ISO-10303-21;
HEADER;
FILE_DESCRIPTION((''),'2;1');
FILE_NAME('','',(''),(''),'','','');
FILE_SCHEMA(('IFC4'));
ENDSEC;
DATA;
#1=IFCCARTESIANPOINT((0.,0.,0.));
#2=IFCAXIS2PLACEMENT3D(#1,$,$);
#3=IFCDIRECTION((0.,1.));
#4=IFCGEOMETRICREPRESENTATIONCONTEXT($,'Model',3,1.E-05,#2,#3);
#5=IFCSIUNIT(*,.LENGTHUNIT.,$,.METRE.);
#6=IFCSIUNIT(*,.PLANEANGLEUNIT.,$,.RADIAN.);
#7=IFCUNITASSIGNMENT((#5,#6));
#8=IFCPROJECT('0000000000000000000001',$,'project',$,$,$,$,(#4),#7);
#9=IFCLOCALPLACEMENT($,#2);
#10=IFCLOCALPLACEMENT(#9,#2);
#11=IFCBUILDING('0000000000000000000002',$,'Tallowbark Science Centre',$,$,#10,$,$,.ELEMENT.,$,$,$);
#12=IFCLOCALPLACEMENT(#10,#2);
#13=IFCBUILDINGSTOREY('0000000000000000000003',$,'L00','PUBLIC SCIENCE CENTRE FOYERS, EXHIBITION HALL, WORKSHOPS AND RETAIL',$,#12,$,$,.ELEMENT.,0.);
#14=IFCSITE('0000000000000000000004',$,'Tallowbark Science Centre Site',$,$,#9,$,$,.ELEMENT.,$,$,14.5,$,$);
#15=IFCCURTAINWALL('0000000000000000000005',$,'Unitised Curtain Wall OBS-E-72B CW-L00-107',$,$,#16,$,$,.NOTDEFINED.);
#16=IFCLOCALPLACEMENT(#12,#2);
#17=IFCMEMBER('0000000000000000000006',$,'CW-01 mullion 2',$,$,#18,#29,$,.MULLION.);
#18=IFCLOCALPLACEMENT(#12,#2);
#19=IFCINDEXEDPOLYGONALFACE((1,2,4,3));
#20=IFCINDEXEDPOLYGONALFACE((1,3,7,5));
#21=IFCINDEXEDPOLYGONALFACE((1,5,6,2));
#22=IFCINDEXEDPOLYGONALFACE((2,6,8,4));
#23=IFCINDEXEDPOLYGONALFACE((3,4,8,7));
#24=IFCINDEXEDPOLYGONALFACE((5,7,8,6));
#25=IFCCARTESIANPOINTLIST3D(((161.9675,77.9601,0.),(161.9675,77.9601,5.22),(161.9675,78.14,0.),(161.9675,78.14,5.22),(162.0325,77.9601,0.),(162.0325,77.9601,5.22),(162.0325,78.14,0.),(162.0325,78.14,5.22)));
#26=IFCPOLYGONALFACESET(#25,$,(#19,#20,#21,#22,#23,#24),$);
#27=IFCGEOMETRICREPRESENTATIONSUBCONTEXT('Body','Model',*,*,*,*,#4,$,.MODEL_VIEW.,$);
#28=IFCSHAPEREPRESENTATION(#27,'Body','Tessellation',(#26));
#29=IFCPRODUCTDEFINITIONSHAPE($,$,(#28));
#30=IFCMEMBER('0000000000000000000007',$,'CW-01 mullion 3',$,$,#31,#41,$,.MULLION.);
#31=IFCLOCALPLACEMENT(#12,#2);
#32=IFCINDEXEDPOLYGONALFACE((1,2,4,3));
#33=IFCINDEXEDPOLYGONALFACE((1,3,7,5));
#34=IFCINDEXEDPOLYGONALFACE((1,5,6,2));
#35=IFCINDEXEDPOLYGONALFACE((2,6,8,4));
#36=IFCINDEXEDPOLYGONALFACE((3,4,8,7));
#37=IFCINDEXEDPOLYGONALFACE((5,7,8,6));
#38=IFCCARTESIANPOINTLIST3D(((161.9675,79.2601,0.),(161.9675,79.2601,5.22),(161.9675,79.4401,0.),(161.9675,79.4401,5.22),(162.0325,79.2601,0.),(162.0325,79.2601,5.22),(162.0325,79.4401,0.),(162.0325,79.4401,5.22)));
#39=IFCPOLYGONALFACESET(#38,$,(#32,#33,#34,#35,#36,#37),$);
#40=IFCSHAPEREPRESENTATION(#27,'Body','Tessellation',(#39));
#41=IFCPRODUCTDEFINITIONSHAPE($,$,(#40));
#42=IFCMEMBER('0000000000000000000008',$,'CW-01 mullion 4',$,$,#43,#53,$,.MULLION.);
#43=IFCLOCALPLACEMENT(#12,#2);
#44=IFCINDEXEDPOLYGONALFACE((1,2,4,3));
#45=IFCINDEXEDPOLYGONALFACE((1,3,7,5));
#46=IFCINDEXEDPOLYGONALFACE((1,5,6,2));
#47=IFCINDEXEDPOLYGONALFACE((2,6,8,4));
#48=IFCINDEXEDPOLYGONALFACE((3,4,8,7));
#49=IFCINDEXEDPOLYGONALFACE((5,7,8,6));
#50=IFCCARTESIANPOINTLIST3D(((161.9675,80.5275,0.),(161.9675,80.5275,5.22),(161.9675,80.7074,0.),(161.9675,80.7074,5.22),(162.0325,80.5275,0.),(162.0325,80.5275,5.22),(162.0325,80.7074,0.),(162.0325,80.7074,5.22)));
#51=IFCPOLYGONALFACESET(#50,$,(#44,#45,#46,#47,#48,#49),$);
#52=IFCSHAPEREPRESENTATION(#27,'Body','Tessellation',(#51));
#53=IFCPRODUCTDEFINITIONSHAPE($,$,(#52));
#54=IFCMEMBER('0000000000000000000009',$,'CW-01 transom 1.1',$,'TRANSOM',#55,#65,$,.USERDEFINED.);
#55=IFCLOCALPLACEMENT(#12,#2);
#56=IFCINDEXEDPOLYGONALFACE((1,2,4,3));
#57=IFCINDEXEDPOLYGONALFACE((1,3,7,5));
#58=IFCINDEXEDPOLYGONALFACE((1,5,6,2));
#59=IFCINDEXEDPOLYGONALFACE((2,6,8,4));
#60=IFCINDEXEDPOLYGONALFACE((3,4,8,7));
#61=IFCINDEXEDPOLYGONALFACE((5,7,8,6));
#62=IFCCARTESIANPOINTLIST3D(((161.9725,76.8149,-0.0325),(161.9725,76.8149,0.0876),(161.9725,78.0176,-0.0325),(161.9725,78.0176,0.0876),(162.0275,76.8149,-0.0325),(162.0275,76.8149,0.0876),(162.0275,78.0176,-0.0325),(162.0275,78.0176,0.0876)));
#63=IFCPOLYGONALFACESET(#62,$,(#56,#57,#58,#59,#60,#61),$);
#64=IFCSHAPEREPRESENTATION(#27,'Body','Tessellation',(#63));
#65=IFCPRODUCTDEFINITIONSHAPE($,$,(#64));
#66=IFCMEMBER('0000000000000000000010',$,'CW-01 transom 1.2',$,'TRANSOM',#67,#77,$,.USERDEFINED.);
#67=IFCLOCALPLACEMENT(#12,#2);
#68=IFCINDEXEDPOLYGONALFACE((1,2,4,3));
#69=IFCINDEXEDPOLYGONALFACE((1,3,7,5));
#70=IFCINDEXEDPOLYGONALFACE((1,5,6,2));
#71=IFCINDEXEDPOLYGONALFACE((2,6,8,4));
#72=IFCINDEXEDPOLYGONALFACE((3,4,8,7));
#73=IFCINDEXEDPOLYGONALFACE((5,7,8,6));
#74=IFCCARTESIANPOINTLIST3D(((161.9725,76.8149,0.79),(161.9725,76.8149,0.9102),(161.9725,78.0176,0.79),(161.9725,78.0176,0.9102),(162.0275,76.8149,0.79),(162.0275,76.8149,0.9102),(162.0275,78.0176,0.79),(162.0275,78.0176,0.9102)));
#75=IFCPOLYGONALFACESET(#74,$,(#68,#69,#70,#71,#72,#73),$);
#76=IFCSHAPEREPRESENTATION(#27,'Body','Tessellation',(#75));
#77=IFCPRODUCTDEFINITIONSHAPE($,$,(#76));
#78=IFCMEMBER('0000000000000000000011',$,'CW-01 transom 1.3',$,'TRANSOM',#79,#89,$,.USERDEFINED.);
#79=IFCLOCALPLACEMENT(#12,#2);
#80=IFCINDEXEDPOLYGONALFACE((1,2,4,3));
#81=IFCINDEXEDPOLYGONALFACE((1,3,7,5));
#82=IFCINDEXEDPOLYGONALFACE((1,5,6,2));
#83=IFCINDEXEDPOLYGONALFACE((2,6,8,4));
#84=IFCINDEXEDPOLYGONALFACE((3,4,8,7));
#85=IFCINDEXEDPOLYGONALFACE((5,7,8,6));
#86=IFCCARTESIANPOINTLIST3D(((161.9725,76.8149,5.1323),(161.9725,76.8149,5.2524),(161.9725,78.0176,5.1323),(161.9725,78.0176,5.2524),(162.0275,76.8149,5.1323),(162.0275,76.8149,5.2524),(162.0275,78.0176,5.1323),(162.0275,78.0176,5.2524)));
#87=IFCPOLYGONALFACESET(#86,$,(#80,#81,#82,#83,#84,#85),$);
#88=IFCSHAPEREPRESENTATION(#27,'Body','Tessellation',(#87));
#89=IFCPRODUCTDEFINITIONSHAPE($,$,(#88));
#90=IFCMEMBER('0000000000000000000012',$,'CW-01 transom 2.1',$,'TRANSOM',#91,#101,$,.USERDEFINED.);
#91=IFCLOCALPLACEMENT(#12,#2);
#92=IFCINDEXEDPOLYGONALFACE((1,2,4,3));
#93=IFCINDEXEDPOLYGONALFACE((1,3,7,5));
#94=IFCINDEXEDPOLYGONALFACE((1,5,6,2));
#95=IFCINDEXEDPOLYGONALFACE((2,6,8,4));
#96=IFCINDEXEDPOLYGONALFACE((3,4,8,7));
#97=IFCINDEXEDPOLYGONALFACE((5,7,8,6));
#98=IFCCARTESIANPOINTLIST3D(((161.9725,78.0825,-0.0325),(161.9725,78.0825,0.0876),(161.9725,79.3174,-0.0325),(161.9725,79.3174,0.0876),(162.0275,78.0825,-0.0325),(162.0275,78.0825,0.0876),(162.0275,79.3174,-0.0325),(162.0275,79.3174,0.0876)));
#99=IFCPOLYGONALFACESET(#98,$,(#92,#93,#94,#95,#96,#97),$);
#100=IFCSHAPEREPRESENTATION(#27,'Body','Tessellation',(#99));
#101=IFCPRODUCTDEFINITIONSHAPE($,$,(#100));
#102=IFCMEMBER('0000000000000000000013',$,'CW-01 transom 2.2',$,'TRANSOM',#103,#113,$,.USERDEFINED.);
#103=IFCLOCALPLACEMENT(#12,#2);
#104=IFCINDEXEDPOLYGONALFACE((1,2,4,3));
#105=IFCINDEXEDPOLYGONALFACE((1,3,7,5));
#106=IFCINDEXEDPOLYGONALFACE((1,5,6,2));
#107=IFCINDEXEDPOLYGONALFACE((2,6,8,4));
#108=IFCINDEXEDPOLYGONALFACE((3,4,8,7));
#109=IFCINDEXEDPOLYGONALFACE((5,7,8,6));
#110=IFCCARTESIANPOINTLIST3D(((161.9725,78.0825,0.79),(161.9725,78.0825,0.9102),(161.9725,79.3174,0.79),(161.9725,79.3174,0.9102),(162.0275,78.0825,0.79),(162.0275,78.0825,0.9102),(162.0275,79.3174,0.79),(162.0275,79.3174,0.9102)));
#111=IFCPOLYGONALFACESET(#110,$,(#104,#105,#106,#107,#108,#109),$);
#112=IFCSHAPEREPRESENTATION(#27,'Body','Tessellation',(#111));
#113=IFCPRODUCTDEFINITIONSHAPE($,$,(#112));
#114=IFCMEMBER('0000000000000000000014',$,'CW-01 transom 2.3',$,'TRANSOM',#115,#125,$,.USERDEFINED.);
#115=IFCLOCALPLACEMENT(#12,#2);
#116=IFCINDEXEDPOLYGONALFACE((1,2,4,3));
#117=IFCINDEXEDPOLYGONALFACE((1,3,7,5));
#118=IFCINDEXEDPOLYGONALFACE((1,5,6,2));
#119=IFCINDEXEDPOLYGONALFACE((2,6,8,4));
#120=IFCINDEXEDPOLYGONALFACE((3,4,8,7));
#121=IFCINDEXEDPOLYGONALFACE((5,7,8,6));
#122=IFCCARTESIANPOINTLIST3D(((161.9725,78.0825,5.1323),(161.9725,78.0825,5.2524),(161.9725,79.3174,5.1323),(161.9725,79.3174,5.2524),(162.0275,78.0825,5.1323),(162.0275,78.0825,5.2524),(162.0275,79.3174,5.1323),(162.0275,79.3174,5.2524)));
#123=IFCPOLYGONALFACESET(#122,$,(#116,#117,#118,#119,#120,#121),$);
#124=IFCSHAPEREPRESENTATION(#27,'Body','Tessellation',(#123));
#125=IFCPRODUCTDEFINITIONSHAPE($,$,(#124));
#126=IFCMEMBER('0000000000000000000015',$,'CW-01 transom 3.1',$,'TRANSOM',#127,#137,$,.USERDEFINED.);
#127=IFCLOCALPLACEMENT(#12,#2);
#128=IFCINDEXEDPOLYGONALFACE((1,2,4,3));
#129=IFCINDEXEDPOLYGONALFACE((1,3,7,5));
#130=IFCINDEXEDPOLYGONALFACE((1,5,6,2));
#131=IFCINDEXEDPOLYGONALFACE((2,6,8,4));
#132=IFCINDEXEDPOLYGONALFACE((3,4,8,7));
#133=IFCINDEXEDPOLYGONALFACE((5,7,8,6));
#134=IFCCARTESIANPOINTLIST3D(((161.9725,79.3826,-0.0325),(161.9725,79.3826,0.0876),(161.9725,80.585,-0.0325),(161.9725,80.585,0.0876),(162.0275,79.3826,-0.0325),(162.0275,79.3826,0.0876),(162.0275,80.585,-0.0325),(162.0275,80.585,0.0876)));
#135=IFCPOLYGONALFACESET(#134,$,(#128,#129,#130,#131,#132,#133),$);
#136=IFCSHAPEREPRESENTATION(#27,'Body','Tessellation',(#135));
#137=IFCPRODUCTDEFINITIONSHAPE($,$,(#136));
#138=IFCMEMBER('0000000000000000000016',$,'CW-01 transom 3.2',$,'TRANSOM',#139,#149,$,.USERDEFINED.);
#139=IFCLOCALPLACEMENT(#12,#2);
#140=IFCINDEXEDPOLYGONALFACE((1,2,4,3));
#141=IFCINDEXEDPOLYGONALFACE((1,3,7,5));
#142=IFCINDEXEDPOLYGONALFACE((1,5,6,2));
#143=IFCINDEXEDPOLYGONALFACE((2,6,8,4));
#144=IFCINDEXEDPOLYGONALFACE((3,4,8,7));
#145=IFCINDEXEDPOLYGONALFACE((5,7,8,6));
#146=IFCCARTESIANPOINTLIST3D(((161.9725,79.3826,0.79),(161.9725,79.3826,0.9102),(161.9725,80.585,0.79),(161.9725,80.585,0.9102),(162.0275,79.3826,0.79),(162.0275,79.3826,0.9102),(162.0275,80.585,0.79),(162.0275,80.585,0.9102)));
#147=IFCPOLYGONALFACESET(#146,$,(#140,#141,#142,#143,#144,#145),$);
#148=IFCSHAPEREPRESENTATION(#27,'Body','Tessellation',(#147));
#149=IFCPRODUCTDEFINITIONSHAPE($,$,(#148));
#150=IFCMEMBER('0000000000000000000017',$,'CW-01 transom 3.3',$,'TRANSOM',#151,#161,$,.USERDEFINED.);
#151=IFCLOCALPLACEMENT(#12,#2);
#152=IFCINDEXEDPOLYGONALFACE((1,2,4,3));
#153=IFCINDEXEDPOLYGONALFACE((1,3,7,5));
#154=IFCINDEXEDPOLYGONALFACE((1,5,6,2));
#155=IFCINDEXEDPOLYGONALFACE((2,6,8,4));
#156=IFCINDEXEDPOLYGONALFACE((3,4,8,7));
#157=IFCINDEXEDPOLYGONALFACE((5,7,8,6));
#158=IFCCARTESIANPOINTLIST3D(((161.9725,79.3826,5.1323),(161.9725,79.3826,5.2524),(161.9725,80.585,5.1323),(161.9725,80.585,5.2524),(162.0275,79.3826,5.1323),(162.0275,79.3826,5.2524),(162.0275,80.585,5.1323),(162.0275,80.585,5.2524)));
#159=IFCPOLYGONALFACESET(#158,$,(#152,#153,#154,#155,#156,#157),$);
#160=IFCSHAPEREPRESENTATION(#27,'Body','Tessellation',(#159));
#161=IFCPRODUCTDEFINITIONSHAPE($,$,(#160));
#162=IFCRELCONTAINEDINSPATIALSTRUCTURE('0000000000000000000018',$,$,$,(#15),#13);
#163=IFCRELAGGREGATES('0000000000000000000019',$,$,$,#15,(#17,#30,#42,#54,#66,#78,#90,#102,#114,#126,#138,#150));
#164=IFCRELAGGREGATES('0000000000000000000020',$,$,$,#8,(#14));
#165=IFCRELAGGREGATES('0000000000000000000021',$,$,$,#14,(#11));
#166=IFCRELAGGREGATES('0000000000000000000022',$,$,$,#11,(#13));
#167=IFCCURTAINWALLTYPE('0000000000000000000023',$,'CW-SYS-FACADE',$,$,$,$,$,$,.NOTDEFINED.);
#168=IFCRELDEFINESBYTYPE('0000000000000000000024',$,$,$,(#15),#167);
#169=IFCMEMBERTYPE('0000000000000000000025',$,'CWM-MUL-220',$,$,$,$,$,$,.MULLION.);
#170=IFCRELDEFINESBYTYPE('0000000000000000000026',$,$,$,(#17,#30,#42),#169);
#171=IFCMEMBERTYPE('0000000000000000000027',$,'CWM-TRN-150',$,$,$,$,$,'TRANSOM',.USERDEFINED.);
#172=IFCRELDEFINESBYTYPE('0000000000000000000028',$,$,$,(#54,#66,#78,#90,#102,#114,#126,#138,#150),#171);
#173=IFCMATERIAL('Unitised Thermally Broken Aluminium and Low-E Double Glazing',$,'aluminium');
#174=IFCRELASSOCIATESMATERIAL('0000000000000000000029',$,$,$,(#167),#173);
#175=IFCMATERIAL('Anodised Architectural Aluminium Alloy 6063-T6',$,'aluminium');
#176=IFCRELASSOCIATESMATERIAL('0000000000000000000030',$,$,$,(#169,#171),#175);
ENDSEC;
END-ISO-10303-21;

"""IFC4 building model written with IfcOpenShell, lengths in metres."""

from ifc_helpers import new_model, si_unit, direction, frame, origin, origin_2d, place, context, subcontext, project, spatial, rectangle, extrude, material, material_profile, profile_set, type_object, element, aggregate, save


model = new_model("IFC4")

# Units and contexts
model_context = context("Model", 3, precision=1e-05, world=origin(), true_north=direction((0.0, 1.0)))
body_context = subcontext(model_context, "Body", "Model", "MODEL_VIEW")
ifc_project = project(units=[si_unit("LENGTHUNIT", "METRE"), si_unit("PLANEANGLEUNIT", "RADIAN")], contexts=[model_context])

# Site, building, storey
site_placement = place(None, origin())
site = spatial("IfcSite", under=ifc_project, at=site_placement, Name="Tallowbark Science Centre Site", CompositionType="ELEMENT", RefElevation=14.5)
building_placement = place(site_placement, origin())
building = spatial("IfcBuilding", under=site, at=building_placement, Name="Tallowbark Science Centre", CompositionType="ELEMENT")
storey_placement = place(building_placement, origin())
storey = spatial("IfcBuildingStorey", under=building, at=storey_placement, Name="L00", Description="PUBLIC SCIENCE CENTRE FOYERS, EXHIBITION HALL, WORKSHOPS AND RETAIL", CompositionType="ELEMENT", Elevation=0.0)

# Curtain wall, members
ifc_material_1 = material(Name="Unitised Thermally Broken Aluminium and Low-E Double Glazing", Category="aluminium")
curtain_wall_type = type_object("IfcCurtainWallType", Name="CW-SYS-FACADE", PredefinedType="NOTDEFINED", material=ifc_material_1)
curtain_wall_placement = place(storey_placement, origin())
curtain_wall = element("IfcCurtainWall", 1, at=curtain_wall_placement, inside=storey, type_object=curtain_wall_type, Name="Unitised Curtain Wall OBS-E-72B CW-L00-107", PredefinedType="NOTDEFINED")
ifc_material_2 = material(Name="Anodised Architectural Aluminium Alloy 6063-T6", Category="aluminium")
ifc_material_profile_1 = material_profile(ifc_material_2, rectangle(XDim=0.0649, YDim=0.1799, at=origin_2d()), Name="ALU65x180")
ifc_profile_set_1 = profile_set([ifc_material_profile_1], Name="Anodised Architectural Aluminium Alloy 6063-T6")
member_type_1 = type_object("IfcMemberType", Name="CWM-MUL-220", PredefinedType="MULLION", material=ifc_profile_set_1)
member_1_placement = place(storey_placement, frame((162.0, 78.05, 0.0), z_axis=(0.0, 0.0, 1.0), x_axis=(-1.0, 0.0, 0.0)))
member_1 = element("IfcMember", 2, at=member_1_placement, type_object=member_type_1, Name="CW-01 mullion 2", PredefinedType="MULLION", context=body_context, shape_type="SweptSolid", body=[
    extrude(rectangle(XDim=0.0649, YDim=0.1799, at=origin_2d()), origin(), (0.0, 0.0, 1.0), 5.22),
])
member_2_placement = place(storey_placement, frame((162.0, 79.3501, 0.0), z_axis=(0.0, 0.0, 1.0), x_axis=(-1.0, 0.0, 0.0)))
member_2 = element("IfcMember", 3, at=member_2_placement, type_object=member_type_1, Name="CW-01 mullion 3", PredefinedType="MULLION", context=body_context, shape_type="SweptSolid", body=[
    extrude(rectangle(XDim=0.0649, YDim=0.1799, at=origin_2d()), origin(), (0.0, 0.0, 1.0), 5.22),
])
member_3_placement = place(storey_placement, frame((162.0, 80.6174, 0.0), z_axis=(0.0, 0.0, 1.0), x_axis=(-1.0, 0.0, 0.0)))
member_3 = element("IfcMember", 4, at=member_3_placement, type_object=member_type_1, Name="CW-01 mullion 4", PredefinedType="MULLION", context=body_context, shape_type="SweptSolid", body=[
    extrude(rectangle(XDim=0.0649, YDim=0.1799, at=origin_2d()), origin(), (0.0, 0.0, 1.0), 5.22),
])
ifc_material_profile_2 = material_profile(ifc_material_2, rectangle(XDim=0.0549, YDim=0.1201, at=origin_2d()), Name="ALU55x120")
ifc_profile_set_2 = profile_set([ifc_material_profile_2], Name="Anodised Architectural Aluminium Alloy 6063-T6")
member_type_2 = type_object("IfcMemberType", Name="CWM-TRN-150", ElementType="TRANSOM", PredefinedType="USERDEFINED", material=ifc_profile_set_2)
member_4_placement = place(storey_placement, frame((162.0, 76.8149, 0.0276), z_axis=(0.0, 1.0, 0.0), x_axis=(-1.0, 0.0, 0.0)))
member_4 = element("IfcMember", 5, at=member_4_placement, type_object=member_type_2, Name="CW-01 transom 1.1", ObjectType="TRANSOM", PredefinedType="USERDEFINED", context=body_context, shape_type="SweptSolid", body=[
    extrude(rectangle(XDim=0.0549, YDim=0.1201, at=origin_2d()), origin(), (0.0, 0.0, 1.0), 1.2026),
])
member_5_placement = place(storey_placement, frame((162.0, 76.8149, 0.8501), z_axis=(0.0, 1.0, 0.0), x_axis=(-1.0, 0.0, 0.0)))
member_5 = element("IfcMember", 6, at=member_5_placement, type_object=member_type_2, Name="CW-01 transom 1.2", ObjectType="TRANSOM", PredefinedType="USERDEFINED", context=body_context, shape_type="SweptSolid", body=[
    extrude(rectangle(XDim=0.0549, YDim=0.1201, at=origin_2d()), origin(), (0.0, 0.0, 1.0), 1.2026),
])
member_6_placement = place(storey_placement, frame((162.0, 76.8149, 5.1924), z_axis=(0.0, 1.0, 0.0), x_axis=(-1.0, 0.0, 0.0)))
member_6 = element("IfcMember", 7, at=member_6_placement, type_object=member_type_2, Name="CW-01 transom 1.3", ObjectType="TRANSOM", PredefinedType="USERDEFINED", context=body_context, shape_type="SweptSolid", body=[
    extrude(rectangle(XDim=0.0549, YDim=0.1201, at=origin_2d()), origin(), (0.0, 0.0, 1.0), 1.2026),
])
member_7_placement = place(storey_placement, frame((162.0, 78.0825, 0.0276), z_axis=(0.0, 1.0, 0.0), x_axis=(-1.0, 0.0, 0.0)))
member_7 = element("IfcMember", 8, at=member_7_placement, type_object=member_type_2, Name="CW-01 transom 2.1", ObjectType="TRANSOM", PredefinedType="USERDEFINED", context=body_context, shape_type="SweptSolid", body=[
    extrude(rectangle(XDim=0.0549, YDim=0.1201, at=origin_2d()), origin(), (0.0, 0.0, 1.0), 1.2349),
])
member_8_placement = place(storey_placement, frame((162.0, 78.0825, 0.8501), z_axis=(0.0, 1.0, 0.0), x_axis=(-1.0, 0.0, 0.0)))
member_8 = element("IfcMember", 9, at=member_8_placement, type_object=member_type_2, Name="CW-01 transom 2.2", ObjectType="TRANSOM", PredefinedType="USERDEFINED", context=body_context, shape_type="SweptSolid", body=[
    extrude(rectangle(XDim=0.0549, YDim=0.1201, at=origin_2d()), origin(), (0.0, 0.0, 1.0), 1.2349),
])
member_9_placement = place(storey_placement, frame((162.0, 78.0825, 5.1924), z_axis=(0.0, 1.0, 0.0), x_axis=(-1.0, 0.0, 0.0)))
member_9 = element("IfcMember", 10, at=member_9_placement, type_object=member_type_2, Name="CW-01 transom 2.3", ObjectType="TRANSOM", PredefinedType="USERDEFINED", context=body_context, shape_type="SweptSolid", body=[
    extrude(rectangle(XDim=0.0549, YDim=0.1201, at=origin_2d()), origin(), (0.0, 0.0, 1.0), 1.2349),
])
member_10_placement = place(storey_placement, frame((162.0, 79.3826, 0.0276), z_axis=(0.0, 1.0, 0.0), x_axis=(-1.0, 0.0, 0.0)))
member_10 = element("IfcMember", 11, at=member_10_placement, type_object=member_type_2, Name="CW-01 transom 3.1", ObjectType="TRANSOM", PredefinedType="USERDEFINED", context=body_context, shape_type="SweptSolid", body=[
    extrude(rectangle(XDim=0.0549, YDim=0.1201, at=origin_2d()), origin(), (0.0, 0.0, 1.0), 1.2024),
])
member_11_placement = place(storey_placement, frame((162.0, 79.3826, 0.8501), z_axis=(0.0, 1.0, 0.0), x_axis=(-1.0, 0.0, 0.0)))
member_11 = element("IfcMember", 12, at=member_11_placement, type_object=member_type_2, Name="CW-01 transom 3.2", ObjectType="TRANSOM", PredefinedType="USERDEFINED", context=body_context, shape_type="SweptSolid", body=[
    extrude(rectangle(XDim=0.0549, YDim=0.1201, at=origin_2d()), origin(), (0.0, 0.0, 1.0), 1.2024),
])
member_12_placement = place(storey_placement, frame((162.0, 79.3826, 5.1924), z_axis=(0.0, 1.0, 0.0), x_axis=(-1.0, 0.0, 0.0)))
member_12 = element("IfcMember", 13, at=member_12_placement, type_object=member_type_2, Name="CW-01 transom 3.3", ObjectType="TRANSOM", PredefinedType="USERDEFINED", context=body_context, shape_type="SweptSolid", body=[
    extrude(rectangle(XDim=0.0549, YDim=0.1201, at=origin_2d()), origin(), (0.0, 0.0, 1.0), 1.2024),
])

aggregate(curtain_wall, [member_1, member_2, member_3, member_4, member_5, member_6, member_7, member_8, member_9, member_10, member_11, member_12])

save(model, "model.ifc")
